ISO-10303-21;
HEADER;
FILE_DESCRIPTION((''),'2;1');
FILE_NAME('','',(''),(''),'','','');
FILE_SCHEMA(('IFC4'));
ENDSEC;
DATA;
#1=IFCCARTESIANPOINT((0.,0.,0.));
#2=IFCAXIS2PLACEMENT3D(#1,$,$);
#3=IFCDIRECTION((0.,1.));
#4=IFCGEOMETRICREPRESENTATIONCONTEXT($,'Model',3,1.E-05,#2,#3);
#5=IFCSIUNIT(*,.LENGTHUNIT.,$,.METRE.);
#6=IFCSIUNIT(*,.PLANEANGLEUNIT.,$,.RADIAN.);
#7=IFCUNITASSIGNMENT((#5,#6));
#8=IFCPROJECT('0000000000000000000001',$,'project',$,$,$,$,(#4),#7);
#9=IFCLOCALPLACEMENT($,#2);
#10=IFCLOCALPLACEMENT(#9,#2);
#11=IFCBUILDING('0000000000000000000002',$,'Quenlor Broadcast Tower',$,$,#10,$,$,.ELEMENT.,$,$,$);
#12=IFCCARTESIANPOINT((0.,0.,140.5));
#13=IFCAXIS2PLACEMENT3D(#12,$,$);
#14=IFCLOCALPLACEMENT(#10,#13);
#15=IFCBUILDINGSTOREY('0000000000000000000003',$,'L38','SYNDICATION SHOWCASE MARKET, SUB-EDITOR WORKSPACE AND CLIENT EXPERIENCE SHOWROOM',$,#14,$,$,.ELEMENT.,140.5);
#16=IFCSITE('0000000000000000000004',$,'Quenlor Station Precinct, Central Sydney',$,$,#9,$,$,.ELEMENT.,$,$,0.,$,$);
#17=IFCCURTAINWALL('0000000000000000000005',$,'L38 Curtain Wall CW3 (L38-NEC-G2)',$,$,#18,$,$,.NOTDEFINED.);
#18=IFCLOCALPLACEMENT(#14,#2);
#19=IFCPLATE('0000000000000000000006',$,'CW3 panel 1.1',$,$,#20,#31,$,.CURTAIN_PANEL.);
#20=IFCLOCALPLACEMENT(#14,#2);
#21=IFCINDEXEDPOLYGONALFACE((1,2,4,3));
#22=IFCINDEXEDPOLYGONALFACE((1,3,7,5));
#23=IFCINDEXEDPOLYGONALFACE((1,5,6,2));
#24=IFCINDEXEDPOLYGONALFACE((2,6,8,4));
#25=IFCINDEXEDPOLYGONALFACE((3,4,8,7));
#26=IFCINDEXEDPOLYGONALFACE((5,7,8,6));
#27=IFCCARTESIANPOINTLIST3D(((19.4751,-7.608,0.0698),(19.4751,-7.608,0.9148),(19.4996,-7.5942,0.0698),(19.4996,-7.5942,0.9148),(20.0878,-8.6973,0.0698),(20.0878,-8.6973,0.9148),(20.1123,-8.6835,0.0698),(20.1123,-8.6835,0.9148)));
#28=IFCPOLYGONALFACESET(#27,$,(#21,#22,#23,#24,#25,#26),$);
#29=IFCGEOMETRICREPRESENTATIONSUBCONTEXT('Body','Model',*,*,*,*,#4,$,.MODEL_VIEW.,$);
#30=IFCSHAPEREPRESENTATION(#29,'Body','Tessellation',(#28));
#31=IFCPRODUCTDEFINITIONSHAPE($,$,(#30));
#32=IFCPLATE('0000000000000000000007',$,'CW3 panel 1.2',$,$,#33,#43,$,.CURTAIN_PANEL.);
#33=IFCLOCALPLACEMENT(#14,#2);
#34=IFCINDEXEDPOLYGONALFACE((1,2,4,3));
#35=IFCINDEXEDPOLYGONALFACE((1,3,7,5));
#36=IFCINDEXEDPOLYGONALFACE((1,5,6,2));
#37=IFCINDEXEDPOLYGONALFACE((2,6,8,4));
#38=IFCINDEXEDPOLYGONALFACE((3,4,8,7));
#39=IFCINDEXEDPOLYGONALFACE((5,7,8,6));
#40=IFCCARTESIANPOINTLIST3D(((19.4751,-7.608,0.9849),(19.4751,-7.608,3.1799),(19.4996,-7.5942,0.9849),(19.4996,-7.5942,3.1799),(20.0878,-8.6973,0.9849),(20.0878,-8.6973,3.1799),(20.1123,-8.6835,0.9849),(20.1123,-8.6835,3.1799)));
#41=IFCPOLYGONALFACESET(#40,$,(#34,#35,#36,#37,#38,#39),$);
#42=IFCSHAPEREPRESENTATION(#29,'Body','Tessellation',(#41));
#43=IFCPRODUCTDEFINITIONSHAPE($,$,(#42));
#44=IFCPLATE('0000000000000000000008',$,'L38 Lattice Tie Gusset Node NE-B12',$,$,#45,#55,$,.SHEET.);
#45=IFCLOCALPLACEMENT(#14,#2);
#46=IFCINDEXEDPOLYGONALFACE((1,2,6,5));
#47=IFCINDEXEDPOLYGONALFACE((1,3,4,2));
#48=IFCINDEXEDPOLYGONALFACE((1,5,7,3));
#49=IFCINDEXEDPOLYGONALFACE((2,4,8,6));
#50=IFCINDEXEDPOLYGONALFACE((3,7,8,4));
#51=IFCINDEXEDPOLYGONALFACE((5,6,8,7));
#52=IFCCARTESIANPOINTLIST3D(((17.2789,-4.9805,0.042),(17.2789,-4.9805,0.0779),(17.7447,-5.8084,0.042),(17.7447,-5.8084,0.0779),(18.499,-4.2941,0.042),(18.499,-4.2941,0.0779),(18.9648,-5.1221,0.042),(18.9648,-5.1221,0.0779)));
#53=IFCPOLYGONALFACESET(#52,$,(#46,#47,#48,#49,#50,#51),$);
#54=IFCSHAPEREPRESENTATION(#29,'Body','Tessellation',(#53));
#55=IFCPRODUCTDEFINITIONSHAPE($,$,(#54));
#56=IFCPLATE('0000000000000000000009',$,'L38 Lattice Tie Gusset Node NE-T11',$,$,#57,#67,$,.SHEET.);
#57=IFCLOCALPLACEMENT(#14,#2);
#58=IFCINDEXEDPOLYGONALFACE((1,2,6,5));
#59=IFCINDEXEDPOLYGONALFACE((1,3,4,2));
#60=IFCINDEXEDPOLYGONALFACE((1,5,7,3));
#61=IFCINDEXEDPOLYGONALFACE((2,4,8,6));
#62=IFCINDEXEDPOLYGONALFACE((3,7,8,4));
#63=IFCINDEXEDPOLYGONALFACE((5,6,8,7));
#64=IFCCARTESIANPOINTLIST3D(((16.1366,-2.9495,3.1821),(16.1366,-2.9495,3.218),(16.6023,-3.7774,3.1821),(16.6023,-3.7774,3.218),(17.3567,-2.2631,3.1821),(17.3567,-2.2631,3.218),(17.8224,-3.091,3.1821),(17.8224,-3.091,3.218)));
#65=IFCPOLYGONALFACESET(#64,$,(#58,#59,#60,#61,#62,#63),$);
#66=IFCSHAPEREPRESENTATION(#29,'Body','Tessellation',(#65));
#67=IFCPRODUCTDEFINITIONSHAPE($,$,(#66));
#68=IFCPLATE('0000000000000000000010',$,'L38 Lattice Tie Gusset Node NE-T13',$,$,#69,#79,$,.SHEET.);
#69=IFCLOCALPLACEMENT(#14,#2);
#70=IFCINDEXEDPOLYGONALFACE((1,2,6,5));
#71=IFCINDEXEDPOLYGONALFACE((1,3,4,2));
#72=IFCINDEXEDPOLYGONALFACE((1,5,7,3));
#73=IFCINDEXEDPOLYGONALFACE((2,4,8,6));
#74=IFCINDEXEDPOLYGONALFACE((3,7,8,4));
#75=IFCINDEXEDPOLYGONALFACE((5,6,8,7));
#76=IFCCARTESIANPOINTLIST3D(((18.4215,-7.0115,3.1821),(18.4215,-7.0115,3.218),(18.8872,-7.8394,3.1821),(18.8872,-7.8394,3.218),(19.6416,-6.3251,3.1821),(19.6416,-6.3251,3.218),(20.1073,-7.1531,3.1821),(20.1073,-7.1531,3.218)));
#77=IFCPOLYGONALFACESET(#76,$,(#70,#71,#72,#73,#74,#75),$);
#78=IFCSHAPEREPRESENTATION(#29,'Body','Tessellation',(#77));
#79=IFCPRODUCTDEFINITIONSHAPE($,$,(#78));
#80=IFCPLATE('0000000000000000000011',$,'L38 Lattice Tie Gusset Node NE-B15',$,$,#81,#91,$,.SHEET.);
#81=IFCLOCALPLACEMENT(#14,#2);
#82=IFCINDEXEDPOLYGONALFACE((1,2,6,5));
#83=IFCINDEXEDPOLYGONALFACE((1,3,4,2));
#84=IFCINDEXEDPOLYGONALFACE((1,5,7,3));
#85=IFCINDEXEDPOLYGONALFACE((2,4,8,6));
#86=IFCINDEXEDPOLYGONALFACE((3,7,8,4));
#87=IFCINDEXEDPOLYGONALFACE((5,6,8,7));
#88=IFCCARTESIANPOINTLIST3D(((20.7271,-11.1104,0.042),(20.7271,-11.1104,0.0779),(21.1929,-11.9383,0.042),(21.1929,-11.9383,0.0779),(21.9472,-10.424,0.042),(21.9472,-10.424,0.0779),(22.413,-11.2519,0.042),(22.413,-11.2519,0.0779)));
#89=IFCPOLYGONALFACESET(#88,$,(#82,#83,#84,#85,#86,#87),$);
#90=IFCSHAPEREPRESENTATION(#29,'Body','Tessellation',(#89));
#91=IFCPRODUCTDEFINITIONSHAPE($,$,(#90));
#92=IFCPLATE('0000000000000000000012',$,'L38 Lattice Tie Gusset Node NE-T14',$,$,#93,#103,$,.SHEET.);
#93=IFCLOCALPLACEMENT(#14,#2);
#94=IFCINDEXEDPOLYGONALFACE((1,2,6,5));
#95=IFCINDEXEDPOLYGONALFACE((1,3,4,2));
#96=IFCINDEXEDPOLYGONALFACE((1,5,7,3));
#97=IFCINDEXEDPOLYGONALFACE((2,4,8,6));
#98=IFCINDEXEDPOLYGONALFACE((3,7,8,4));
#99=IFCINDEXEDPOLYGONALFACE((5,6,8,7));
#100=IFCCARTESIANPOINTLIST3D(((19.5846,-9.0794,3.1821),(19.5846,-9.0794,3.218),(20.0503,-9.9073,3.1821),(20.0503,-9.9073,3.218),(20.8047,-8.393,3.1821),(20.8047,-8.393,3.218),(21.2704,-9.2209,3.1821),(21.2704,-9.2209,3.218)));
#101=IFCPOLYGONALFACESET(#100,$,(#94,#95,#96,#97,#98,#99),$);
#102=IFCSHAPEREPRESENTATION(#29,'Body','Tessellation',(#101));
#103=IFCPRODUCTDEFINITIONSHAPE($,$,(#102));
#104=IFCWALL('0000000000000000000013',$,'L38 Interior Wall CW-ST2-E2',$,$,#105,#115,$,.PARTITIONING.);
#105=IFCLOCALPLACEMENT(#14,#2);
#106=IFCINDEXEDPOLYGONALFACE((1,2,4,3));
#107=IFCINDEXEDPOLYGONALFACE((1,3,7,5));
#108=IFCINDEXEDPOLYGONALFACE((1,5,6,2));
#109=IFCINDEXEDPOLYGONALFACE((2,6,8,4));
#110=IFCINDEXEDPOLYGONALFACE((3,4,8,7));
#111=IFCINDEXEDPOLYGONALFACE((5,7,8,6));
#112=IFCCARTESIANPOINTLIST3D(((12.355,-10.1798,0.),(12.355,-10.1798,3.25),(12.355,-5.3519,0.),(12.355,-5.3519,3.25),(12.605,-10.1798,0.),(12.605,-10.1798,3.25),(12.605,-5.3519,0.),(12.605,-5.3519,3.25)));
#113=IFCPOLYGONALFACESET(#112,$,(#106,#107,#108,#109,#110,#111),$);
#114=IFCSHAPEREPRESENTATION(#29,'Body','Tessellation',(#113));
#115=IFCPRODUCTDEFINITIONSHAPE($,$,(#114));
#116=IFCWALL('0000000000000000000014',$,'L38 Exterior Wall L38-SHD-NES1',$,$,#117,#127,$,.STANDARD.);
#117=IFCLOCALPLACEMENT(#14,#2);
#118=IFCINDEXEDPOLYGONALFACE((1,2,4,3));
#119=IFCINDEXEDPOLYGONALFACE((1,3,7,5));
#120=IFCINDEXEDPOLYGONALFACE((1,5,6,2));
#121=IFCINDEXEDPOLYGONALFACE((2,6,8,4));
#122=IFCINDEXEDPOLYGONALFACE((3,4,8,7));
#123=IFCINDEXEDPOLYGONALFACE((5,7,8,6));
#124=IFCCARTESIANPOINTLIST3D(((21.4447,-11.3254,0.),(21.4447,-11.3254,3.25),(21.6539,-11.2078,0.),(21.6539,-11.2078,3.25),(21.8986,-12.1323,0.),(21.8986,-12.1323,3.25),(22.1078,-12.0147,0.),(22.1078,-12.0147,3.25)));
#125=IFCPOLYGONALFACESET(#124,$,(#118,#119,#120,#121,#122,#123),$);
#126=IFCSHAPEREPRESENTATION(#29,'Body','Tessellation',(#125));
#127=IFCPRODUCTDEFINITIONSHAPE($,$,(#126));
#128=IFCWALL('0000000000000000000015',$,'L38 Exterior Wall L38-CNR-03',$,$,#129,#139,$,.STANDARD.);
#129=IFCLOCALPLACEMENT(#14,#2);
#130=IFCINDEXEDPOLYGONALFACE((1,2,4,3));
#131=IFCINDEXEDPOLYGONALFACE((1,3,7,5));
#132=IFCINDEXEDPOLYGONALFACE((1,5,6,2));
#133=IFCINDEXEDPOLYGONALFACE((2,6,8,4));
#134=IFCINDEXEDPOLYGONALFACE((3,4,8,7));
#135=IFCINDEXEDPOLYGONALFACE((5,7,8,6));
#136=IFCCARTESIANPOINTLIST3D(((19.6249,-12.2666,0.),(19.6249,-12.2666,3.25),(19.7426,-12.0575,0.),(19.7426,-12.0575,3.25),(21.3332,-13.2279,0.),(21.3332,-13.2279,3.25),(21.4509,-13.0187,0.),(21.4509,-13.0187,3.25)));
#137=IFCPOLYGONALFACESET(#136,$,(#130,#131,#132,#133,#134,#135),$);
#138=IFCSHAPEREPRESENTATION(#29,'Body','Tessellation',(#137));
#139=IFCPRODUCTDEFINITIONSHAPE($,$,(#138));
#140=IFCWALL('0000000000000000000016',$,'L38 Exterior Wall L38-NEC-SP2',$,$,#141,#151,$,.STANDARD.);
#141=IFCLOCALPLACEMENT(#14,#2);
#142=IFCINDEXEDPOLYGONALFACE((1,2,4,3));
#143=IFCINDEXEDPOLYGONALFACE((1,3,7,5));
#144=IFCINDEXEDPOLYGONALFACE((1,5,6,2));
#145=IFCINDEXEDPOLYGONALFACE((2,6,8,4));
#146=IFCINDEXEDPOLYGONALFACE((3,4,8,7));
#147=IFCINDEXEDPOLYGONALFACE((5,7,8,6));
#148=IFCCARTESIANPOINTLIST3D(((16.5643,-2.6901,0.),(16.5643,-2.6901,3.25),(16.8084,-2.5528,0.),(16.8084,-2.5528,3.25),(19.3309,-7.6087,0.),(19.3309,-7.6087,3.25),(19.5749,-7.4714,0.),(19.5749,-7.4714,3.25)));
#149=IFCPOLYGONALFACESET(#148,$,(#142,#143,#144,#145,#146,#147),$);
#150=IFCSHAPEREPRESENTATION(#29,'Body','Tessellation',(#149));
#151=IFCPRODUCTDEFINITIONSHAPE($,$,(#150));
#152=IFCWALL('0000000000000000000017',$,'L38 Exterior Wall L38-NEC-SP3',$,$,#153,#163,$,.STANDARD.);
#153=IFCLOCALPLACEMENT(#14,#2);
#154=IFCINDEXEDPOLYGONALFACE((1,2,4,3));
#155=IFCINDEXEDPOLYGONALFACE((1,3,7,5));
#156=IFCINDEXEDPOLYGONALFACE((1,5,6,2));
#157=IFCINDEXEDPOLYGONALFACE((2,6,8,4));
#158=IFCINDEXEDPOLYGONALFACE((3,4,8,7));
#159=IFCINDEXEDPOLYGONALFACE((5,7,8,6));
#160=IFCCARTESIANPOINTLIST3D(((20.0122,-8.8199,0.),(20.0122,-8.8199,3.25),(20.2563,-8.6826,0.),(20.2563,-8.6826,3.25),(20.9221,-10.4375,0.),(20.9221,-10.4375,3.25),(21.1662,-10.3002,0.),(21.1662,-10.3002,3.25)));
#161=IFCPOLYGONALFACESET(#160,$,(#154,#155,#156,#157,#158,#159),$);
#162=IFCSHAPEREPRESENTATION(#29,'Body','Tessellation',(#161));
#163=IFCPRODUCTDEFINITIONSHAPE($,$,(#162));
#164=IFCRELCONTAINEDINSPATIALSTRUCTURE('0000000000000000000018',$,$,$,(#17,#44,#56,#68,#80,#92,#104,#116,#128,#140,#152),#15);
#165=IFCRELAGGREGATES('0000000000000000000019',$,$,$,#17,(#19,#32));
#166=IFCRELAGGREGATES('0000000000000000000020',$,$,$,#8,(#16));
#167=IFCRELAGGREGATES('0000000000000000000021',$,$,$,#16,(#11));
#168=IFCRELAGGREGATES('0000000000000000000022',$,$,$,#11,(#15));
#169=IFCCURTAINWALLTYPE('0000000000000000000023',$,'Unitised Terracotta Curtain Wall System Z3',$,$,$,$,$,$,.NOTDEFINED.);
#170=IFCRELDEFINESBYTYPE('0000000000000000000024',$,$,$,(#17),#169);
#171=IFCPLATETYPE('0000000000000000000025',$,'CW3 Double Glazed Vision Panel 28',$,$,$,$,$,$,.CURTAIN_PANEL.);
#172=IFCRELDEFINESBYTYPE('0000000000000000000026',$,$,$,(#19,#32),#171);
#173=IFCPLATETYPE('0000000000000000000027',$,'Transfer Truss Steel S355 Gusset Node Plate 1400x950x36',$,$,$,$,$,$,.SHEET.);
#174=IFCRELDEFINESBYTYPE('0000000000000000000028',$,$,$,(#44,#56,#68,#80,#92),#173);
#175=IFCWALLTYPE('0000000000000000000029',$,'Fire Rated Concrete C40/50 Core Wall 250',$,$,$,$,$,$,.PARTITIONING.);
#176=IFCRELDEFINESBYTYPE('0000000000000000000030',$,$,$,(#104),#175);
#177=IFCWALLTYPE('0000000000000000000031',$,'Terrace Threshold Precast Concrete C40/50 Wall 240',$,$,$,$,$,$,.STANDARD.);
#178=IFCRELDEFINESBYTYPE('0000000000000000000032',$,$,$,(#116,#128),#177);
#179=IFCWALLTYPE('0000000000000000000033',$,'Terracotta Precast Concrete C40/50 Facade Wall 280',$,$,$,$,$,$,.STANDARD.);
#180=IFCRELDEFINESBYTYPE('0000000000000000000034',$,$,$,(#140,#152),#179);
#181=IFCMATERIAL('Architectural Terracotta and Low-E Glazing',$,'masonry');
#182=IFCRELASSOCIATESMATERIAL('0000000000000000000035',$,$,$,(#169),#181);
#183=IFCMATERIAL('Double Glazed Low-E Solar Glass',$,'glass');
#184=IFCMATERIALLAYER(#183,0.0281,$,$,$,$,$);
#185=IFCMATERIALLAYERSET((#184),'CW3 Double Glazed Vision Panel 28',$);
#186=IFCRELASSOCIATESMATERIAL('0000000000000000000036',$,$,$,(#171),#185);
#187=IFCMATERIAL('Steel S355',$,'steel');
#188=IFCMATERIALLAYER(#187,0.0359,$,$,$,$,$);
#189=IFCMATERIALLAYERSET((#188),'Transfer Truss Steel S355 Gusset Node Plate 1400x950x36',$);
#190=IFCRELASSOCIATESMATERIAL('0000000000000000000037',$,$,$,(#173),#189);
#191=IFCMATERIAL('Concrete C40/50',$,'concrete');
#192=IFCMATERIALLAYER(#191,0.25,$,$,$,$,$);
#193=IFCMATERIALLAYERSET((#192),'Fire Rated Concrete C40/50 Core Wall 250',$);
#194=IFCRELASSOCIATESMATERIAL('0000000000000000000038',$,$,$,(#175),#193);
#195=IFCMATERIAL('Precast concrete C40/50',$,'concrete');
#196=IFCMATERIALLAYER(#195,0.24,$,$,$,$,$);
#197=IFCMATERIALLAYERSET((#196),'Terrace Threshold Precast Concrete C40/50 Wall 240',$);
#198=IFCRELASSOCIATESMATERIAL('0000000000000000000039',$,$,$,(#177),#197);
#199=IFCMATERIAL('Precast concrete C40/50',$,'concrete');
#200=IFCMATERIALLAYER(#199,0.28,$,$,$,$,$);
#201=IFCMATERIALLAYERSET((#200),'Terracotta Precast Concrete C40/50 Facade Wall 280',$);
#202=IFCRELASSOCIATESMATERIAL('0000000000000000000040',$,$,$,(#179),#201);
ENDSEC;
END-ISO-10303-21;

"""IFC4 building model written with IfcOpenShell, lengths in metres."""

from ifc_helpers import new_model, si_unit, direction, frame, frame_2d, origin, origin_2d, place, context, subcontext, project, spatial, rectangle, extrude, material, layer, layer_set, type_object, element, aggregate, save


model = new_model("IFC4")

# Units and contexts
model_context = context("Model", 3, precision=1e-05, world=origin(), true_north=direction((0.0, 1.0)))
body_context = subcontext(model_context, "Body", "Model", "MODEL_VIEW")
ifc_project = project(units=[si_unit("LENGTHUNIT", "METRE"), si_unit("PLANEANGLEUNIT", "RADIAN")], contexts=[model_context])

# Site, building, storey
site_placement = place(None, origin())
site = spatial("IfcSite", under=ifc_project, at=site_placement, Name="Quenlor Station Precinct, Central Sydney", CompositionType="ELEMENT", RefElevation=0.0)
building_placement = place(site_placement, origin())
building = spatial("IfcBuilding", under=site, at=building_placement, Name="Quenlor Broadcast Tower", CompositionType="ELEMENT")
storey_placement = place(building_placement, frame((0.0, 0.0, 140.5)))
storey = spatial("IfcBuildingStorey", under=building, at=storey_placement, Name="L38", Description="SYNDICATION SHOWCASE MARKET, SUB-EDITOR WORKSPACE AND CLIENT EXPERIENCE SHOWROOM", CompositionType="ELEMENT", Elevation=140.5)

# Shared definitions
ifc_material_1 = material(Name="Architectural Terracotta and Low-E Glazing", Category="masonry")
curtain_wall_type = type_object("IfcCurtainWallType", Name="Unitised Terracotta Curtain Wall System Z3", PredefinedType="NOTDEFINED", material=ifc_material_1)

# Curtain wall
curtain_wall_1_placement = place(storey_placement, origin())
curtain_wall_1 = element("IfcCurtainWall", 1, at=curtain_wall_1_placement, inside=storey, type_object=curtain_wall_type, Name="L38 Curtain Wall CW3 (L38-NEC-G2)", PredefinedType="NOTDEFINED")

# Plates
ifc_material_2 = material(Name="Double Glazed Low-E Solar Glass", Category="glass")
ifc_layer_1 = layer(ifc_material_2, 0.0281)
ifc_layer_set_1 = layer_set([ifc_layer_1], Name="CW3 Double Glazed Vision Panel 28")
plate_type_1 = type_object("IfcPlateType", Name="CW3 Double Glazed Vision Panel 28", PredefinedType="CURTAIN_PANEL", material=ifc_layer_set_1)
plate_1_placement = place(storey_placement, frame((19.7937, -8.1458, 0.0698), z_axis=(0.0, 0.0, 1.0), x_axis=(0.490261, -0.871576, 0.0)))
plate_1 = element("IfcPlate", 2, at=plate_1_placement, type_object=plate_type_1, Name="CW3 panel 1.1", PredefinedType="CURTAIN_PANEL", context=body_context, shape_type="SweptSolid", body=[
    extrude(rectangle(XDim=1.2498, YDim=0.0281, at=origin_2d()), origin(), (0.0, 0.0, 1.0), 0.845),
])
plate_2_placement = place(storey_placement, frame((19.7937, -8.1458, 0.9849), z_axis=(0.0, 0.0, 1.0), x_axis=(0.490261, -0.871576, 0.0)))
plate_2 = element("IfcPlate", 3, at=plate_2_placement, type_object=plate_type_1, Name="CW3 panel 1.2", PredefinedType="CURTAIN_PANEL", context=body_context, shape_type="SweptSolid", body=[
    extrude(rectangle(XDim=1.2498, YDim=0.0281, at=origin_2d()), origin(), (0.0, 0.0, 1.0), 2.1951),
])
aggregate(curtain_wall_1, [plate_1, plate_2])

# Plates
ifc_material_3 = material(Name="Steel S355", Category="steel")
ifc_layer_2 = layer(ifc_material_3, 0.0359)
ifc_layer_set_2 = layer_set([ifc_layer_2], Name="Transfer Truss Steel S355 Gusset Node Plate 1400x950x36")
plate_type_2 = type_object("IfcPlateType", Name="Transfer Truss Steel S355 Gusset Node Plate 1400x950x36", PredefinedType="SHEET", material=ifc_layer_set_2)
for number, where, z_axis, x_axis, name in (
    (4, (18.1218, -5.0513, 0.042), (0.0, 0.0, 1.0), (0.871556, 0.490295, 0.0), "L38 Lattice Tie Gusset Node NE-B12"),
    (5, (16.9795, -3.0203, 3.1821), (0.0, 0.0, 1.0), (0.871556, 0.490295, 0.0), "L38 Lattice Tie Gusset Node NE-T11"),
    (6, (19.2644, -7.0823, 3.1821), (0.0, 0.0, 1.0), (0.871556, 0.490295, 0.0), "L38 Lattice Tie Gusset Node NE-T13"),
    (7, (21.5701, -11.1812, 0.042), (0.0, 0.0, 1.0), (0.871556, 0.490295, 0.0), "L38 Lattice Tie Gusset Node NE-B15"),
    (8, (20.4275, -9.1501, 3.1821), (0.0, 0.0, 1.0), (0.871556, 0.490295, 0.0), "L38 Lattice Tie Gusset Node NE-T14"),
):
    element("IfcPlate", number, at=place(storey_placement, frame(where, z_axis=z_axis, x_axis=x_axis)), inside=storey, type_object=plate_type_2, Name=name, PredefinedType="SHEET", context=body_context, shape_type="SweptSolid", body=[
        extrude(rectangle(XDim=1.3999, YDim=0.95, at=origin_2d()), origin(), (0.0, 0.0, 1.0), 0.0359),
    ])

# Wall
ifc_material_4 = material(Name="Concrete C40/50", Category="concrete")
ifc_layer_3 = layer(ifc_material_4, 0.25)
ifc_layer_set_3 = layer_set([ifc_layer_3], Name="Fire Rated Concrete C40/50 Core Wall 250")
wall_type_1 = type_object("IfcWallType", Name="Fire Rated Concrete C40/50 Core Wall 250", PredefinedType="PARTITIONING", material=ifc_layer_set_3)
wall_1_placement = place(storey_placement, frame((12.48, -10.1799, 0.0), z_axis=(0.0, 0.0, 1.0), x_axis=(0.0, 1.0, 0.0)))
element("IfcWall", 9, at=wall_1_placement, inside=storey, type_object=wall_type_1, Name="L38 Interior Wall CW-ST2-E2", PredefinedType="PARTITIONING", context=body_context, shape_type="SweptSolid", body=[
    extrude(rectangle(XDim=4.8279, YDim=0.25, at=frame_2d((2.4141, 0.0))), origin(), (0.0, 0.0, 1.0), 3.25),
])

# Walls
ifc_material_5 = material(Name="Precast concrete C40/50", Category="concrete")
ifc_layer_4 = layer(ifc_material_5, 0.24)
ifc_layer_set_4 = layer_set([ifc_layer_4], Name="Terrace Threshold Precast Concrete C40/50 Wall 240")
wall_type_2 = type_object("IfcWallType", Name="Terrace Threshold Precast Concrete C40/50 Wall 240", PredefinedType="STANDARD", material=ifc_layer_set_4)
wall_2_placement = place(storey_placement, frame((21.5493, -11.2666, 0.0), z_axis=(0.0, 0.0, 1.0), x_axis=(0.490249, -0.871583, 0.0)))
element("IfcWall", 10, at=wall_2_placement, inside=storey, type_object=wall_type_2, Name="L38 Exterior Wall L38-SHD-NES1", PredefinedType="STANDARD", context=body_context, shape_type="SweptSolid", body=[
    extrude(rectangle(XDim=0.9258, YDim=0.24, at=frame_2d((0.4629, 0.0))), origin(), (0.0, 0.0, 1.0), 3.25),
])
wall_3_placement = place(storey_placement, frame((19.6838, -12.1621, 0.0), z_axis=(0.0, 0.0, 1.0), x_axis=(0.871512, -0.490374, 0.0)))
element("IfcWall", 11, at=wall_3_placement, inside=storey, type_object=wall_type_2, Name="L38 Exterior Wall L38-CNR-03", PredefinedType="STANDARD", context=body_context, shape_type="SweptSolid", body=[
    extrude(rectangle(XDim=1.9602, YDim=0.24, at=frame_2d((0.98, 0.0))), origin(), (0.0, 0.0, 1.0), 3.25),
])
ifc_material_6 = material(Name="Precast concrete C40/50", Category="concrete")
ifc_layer_5 = layer(ifc_material_6, 0.28)
ifc_layer_set_5 = layer_set([ifc_layer_5], Name="Terracotta Precast Concrete C40/50 Facade Wall 280")
wall_type_3 = type_object("IfcWallType", Name="Terracotta Precast Concrete C40/50 Facade Wall 280", PredefinedType="STANDARD", material=ifc_layer_set_5)
wall_4_placement = place(storey_placement, frame((16.6863, -2.6213, 0.0), z_axis=(0.0, 0.0, 1.0), x_axis=(0.490239, -0.871588, 0.0)))
element("IfcWall", 12, at=wall_4_placement, inside=storey, type_object=wall_type_3, Name="L38 Exterior Wall L38-NEC-SP2", PredefinedType="STANDARD", context=body_context, shape_type="SweptSolid", body=[
    extrude(rectangle(XDim=5.6433, YDim=0.28, at=frame_2d((2.8218, 0.0))), origin(), (0.0, 0.0, 1.0), 3.25),
])
wall_5_placement = place(storey_placement, frame((20.1343, -8.7512, 0.0), z_axis=(0.0, 0.0, 1.0), x_axis=(0.490249, -0.871583, 0.0)))
element("IfcWall", 13, at=wall_5_placement, inside=storey, type_object=wall_type_3, Name="L38 Exterior Wall L38-NEC-SP3", PredefinedType="STANDARD", context=body_context, shape_type="SweptSolid", body=[
    extrude(rectangle(XDim=1.856, YDim=0.28, at=frame_2d((0.928, 0.0))), origin(), (0.0, 0.0, 1.0), 3.25),
])

save(model, "model.ifc")
